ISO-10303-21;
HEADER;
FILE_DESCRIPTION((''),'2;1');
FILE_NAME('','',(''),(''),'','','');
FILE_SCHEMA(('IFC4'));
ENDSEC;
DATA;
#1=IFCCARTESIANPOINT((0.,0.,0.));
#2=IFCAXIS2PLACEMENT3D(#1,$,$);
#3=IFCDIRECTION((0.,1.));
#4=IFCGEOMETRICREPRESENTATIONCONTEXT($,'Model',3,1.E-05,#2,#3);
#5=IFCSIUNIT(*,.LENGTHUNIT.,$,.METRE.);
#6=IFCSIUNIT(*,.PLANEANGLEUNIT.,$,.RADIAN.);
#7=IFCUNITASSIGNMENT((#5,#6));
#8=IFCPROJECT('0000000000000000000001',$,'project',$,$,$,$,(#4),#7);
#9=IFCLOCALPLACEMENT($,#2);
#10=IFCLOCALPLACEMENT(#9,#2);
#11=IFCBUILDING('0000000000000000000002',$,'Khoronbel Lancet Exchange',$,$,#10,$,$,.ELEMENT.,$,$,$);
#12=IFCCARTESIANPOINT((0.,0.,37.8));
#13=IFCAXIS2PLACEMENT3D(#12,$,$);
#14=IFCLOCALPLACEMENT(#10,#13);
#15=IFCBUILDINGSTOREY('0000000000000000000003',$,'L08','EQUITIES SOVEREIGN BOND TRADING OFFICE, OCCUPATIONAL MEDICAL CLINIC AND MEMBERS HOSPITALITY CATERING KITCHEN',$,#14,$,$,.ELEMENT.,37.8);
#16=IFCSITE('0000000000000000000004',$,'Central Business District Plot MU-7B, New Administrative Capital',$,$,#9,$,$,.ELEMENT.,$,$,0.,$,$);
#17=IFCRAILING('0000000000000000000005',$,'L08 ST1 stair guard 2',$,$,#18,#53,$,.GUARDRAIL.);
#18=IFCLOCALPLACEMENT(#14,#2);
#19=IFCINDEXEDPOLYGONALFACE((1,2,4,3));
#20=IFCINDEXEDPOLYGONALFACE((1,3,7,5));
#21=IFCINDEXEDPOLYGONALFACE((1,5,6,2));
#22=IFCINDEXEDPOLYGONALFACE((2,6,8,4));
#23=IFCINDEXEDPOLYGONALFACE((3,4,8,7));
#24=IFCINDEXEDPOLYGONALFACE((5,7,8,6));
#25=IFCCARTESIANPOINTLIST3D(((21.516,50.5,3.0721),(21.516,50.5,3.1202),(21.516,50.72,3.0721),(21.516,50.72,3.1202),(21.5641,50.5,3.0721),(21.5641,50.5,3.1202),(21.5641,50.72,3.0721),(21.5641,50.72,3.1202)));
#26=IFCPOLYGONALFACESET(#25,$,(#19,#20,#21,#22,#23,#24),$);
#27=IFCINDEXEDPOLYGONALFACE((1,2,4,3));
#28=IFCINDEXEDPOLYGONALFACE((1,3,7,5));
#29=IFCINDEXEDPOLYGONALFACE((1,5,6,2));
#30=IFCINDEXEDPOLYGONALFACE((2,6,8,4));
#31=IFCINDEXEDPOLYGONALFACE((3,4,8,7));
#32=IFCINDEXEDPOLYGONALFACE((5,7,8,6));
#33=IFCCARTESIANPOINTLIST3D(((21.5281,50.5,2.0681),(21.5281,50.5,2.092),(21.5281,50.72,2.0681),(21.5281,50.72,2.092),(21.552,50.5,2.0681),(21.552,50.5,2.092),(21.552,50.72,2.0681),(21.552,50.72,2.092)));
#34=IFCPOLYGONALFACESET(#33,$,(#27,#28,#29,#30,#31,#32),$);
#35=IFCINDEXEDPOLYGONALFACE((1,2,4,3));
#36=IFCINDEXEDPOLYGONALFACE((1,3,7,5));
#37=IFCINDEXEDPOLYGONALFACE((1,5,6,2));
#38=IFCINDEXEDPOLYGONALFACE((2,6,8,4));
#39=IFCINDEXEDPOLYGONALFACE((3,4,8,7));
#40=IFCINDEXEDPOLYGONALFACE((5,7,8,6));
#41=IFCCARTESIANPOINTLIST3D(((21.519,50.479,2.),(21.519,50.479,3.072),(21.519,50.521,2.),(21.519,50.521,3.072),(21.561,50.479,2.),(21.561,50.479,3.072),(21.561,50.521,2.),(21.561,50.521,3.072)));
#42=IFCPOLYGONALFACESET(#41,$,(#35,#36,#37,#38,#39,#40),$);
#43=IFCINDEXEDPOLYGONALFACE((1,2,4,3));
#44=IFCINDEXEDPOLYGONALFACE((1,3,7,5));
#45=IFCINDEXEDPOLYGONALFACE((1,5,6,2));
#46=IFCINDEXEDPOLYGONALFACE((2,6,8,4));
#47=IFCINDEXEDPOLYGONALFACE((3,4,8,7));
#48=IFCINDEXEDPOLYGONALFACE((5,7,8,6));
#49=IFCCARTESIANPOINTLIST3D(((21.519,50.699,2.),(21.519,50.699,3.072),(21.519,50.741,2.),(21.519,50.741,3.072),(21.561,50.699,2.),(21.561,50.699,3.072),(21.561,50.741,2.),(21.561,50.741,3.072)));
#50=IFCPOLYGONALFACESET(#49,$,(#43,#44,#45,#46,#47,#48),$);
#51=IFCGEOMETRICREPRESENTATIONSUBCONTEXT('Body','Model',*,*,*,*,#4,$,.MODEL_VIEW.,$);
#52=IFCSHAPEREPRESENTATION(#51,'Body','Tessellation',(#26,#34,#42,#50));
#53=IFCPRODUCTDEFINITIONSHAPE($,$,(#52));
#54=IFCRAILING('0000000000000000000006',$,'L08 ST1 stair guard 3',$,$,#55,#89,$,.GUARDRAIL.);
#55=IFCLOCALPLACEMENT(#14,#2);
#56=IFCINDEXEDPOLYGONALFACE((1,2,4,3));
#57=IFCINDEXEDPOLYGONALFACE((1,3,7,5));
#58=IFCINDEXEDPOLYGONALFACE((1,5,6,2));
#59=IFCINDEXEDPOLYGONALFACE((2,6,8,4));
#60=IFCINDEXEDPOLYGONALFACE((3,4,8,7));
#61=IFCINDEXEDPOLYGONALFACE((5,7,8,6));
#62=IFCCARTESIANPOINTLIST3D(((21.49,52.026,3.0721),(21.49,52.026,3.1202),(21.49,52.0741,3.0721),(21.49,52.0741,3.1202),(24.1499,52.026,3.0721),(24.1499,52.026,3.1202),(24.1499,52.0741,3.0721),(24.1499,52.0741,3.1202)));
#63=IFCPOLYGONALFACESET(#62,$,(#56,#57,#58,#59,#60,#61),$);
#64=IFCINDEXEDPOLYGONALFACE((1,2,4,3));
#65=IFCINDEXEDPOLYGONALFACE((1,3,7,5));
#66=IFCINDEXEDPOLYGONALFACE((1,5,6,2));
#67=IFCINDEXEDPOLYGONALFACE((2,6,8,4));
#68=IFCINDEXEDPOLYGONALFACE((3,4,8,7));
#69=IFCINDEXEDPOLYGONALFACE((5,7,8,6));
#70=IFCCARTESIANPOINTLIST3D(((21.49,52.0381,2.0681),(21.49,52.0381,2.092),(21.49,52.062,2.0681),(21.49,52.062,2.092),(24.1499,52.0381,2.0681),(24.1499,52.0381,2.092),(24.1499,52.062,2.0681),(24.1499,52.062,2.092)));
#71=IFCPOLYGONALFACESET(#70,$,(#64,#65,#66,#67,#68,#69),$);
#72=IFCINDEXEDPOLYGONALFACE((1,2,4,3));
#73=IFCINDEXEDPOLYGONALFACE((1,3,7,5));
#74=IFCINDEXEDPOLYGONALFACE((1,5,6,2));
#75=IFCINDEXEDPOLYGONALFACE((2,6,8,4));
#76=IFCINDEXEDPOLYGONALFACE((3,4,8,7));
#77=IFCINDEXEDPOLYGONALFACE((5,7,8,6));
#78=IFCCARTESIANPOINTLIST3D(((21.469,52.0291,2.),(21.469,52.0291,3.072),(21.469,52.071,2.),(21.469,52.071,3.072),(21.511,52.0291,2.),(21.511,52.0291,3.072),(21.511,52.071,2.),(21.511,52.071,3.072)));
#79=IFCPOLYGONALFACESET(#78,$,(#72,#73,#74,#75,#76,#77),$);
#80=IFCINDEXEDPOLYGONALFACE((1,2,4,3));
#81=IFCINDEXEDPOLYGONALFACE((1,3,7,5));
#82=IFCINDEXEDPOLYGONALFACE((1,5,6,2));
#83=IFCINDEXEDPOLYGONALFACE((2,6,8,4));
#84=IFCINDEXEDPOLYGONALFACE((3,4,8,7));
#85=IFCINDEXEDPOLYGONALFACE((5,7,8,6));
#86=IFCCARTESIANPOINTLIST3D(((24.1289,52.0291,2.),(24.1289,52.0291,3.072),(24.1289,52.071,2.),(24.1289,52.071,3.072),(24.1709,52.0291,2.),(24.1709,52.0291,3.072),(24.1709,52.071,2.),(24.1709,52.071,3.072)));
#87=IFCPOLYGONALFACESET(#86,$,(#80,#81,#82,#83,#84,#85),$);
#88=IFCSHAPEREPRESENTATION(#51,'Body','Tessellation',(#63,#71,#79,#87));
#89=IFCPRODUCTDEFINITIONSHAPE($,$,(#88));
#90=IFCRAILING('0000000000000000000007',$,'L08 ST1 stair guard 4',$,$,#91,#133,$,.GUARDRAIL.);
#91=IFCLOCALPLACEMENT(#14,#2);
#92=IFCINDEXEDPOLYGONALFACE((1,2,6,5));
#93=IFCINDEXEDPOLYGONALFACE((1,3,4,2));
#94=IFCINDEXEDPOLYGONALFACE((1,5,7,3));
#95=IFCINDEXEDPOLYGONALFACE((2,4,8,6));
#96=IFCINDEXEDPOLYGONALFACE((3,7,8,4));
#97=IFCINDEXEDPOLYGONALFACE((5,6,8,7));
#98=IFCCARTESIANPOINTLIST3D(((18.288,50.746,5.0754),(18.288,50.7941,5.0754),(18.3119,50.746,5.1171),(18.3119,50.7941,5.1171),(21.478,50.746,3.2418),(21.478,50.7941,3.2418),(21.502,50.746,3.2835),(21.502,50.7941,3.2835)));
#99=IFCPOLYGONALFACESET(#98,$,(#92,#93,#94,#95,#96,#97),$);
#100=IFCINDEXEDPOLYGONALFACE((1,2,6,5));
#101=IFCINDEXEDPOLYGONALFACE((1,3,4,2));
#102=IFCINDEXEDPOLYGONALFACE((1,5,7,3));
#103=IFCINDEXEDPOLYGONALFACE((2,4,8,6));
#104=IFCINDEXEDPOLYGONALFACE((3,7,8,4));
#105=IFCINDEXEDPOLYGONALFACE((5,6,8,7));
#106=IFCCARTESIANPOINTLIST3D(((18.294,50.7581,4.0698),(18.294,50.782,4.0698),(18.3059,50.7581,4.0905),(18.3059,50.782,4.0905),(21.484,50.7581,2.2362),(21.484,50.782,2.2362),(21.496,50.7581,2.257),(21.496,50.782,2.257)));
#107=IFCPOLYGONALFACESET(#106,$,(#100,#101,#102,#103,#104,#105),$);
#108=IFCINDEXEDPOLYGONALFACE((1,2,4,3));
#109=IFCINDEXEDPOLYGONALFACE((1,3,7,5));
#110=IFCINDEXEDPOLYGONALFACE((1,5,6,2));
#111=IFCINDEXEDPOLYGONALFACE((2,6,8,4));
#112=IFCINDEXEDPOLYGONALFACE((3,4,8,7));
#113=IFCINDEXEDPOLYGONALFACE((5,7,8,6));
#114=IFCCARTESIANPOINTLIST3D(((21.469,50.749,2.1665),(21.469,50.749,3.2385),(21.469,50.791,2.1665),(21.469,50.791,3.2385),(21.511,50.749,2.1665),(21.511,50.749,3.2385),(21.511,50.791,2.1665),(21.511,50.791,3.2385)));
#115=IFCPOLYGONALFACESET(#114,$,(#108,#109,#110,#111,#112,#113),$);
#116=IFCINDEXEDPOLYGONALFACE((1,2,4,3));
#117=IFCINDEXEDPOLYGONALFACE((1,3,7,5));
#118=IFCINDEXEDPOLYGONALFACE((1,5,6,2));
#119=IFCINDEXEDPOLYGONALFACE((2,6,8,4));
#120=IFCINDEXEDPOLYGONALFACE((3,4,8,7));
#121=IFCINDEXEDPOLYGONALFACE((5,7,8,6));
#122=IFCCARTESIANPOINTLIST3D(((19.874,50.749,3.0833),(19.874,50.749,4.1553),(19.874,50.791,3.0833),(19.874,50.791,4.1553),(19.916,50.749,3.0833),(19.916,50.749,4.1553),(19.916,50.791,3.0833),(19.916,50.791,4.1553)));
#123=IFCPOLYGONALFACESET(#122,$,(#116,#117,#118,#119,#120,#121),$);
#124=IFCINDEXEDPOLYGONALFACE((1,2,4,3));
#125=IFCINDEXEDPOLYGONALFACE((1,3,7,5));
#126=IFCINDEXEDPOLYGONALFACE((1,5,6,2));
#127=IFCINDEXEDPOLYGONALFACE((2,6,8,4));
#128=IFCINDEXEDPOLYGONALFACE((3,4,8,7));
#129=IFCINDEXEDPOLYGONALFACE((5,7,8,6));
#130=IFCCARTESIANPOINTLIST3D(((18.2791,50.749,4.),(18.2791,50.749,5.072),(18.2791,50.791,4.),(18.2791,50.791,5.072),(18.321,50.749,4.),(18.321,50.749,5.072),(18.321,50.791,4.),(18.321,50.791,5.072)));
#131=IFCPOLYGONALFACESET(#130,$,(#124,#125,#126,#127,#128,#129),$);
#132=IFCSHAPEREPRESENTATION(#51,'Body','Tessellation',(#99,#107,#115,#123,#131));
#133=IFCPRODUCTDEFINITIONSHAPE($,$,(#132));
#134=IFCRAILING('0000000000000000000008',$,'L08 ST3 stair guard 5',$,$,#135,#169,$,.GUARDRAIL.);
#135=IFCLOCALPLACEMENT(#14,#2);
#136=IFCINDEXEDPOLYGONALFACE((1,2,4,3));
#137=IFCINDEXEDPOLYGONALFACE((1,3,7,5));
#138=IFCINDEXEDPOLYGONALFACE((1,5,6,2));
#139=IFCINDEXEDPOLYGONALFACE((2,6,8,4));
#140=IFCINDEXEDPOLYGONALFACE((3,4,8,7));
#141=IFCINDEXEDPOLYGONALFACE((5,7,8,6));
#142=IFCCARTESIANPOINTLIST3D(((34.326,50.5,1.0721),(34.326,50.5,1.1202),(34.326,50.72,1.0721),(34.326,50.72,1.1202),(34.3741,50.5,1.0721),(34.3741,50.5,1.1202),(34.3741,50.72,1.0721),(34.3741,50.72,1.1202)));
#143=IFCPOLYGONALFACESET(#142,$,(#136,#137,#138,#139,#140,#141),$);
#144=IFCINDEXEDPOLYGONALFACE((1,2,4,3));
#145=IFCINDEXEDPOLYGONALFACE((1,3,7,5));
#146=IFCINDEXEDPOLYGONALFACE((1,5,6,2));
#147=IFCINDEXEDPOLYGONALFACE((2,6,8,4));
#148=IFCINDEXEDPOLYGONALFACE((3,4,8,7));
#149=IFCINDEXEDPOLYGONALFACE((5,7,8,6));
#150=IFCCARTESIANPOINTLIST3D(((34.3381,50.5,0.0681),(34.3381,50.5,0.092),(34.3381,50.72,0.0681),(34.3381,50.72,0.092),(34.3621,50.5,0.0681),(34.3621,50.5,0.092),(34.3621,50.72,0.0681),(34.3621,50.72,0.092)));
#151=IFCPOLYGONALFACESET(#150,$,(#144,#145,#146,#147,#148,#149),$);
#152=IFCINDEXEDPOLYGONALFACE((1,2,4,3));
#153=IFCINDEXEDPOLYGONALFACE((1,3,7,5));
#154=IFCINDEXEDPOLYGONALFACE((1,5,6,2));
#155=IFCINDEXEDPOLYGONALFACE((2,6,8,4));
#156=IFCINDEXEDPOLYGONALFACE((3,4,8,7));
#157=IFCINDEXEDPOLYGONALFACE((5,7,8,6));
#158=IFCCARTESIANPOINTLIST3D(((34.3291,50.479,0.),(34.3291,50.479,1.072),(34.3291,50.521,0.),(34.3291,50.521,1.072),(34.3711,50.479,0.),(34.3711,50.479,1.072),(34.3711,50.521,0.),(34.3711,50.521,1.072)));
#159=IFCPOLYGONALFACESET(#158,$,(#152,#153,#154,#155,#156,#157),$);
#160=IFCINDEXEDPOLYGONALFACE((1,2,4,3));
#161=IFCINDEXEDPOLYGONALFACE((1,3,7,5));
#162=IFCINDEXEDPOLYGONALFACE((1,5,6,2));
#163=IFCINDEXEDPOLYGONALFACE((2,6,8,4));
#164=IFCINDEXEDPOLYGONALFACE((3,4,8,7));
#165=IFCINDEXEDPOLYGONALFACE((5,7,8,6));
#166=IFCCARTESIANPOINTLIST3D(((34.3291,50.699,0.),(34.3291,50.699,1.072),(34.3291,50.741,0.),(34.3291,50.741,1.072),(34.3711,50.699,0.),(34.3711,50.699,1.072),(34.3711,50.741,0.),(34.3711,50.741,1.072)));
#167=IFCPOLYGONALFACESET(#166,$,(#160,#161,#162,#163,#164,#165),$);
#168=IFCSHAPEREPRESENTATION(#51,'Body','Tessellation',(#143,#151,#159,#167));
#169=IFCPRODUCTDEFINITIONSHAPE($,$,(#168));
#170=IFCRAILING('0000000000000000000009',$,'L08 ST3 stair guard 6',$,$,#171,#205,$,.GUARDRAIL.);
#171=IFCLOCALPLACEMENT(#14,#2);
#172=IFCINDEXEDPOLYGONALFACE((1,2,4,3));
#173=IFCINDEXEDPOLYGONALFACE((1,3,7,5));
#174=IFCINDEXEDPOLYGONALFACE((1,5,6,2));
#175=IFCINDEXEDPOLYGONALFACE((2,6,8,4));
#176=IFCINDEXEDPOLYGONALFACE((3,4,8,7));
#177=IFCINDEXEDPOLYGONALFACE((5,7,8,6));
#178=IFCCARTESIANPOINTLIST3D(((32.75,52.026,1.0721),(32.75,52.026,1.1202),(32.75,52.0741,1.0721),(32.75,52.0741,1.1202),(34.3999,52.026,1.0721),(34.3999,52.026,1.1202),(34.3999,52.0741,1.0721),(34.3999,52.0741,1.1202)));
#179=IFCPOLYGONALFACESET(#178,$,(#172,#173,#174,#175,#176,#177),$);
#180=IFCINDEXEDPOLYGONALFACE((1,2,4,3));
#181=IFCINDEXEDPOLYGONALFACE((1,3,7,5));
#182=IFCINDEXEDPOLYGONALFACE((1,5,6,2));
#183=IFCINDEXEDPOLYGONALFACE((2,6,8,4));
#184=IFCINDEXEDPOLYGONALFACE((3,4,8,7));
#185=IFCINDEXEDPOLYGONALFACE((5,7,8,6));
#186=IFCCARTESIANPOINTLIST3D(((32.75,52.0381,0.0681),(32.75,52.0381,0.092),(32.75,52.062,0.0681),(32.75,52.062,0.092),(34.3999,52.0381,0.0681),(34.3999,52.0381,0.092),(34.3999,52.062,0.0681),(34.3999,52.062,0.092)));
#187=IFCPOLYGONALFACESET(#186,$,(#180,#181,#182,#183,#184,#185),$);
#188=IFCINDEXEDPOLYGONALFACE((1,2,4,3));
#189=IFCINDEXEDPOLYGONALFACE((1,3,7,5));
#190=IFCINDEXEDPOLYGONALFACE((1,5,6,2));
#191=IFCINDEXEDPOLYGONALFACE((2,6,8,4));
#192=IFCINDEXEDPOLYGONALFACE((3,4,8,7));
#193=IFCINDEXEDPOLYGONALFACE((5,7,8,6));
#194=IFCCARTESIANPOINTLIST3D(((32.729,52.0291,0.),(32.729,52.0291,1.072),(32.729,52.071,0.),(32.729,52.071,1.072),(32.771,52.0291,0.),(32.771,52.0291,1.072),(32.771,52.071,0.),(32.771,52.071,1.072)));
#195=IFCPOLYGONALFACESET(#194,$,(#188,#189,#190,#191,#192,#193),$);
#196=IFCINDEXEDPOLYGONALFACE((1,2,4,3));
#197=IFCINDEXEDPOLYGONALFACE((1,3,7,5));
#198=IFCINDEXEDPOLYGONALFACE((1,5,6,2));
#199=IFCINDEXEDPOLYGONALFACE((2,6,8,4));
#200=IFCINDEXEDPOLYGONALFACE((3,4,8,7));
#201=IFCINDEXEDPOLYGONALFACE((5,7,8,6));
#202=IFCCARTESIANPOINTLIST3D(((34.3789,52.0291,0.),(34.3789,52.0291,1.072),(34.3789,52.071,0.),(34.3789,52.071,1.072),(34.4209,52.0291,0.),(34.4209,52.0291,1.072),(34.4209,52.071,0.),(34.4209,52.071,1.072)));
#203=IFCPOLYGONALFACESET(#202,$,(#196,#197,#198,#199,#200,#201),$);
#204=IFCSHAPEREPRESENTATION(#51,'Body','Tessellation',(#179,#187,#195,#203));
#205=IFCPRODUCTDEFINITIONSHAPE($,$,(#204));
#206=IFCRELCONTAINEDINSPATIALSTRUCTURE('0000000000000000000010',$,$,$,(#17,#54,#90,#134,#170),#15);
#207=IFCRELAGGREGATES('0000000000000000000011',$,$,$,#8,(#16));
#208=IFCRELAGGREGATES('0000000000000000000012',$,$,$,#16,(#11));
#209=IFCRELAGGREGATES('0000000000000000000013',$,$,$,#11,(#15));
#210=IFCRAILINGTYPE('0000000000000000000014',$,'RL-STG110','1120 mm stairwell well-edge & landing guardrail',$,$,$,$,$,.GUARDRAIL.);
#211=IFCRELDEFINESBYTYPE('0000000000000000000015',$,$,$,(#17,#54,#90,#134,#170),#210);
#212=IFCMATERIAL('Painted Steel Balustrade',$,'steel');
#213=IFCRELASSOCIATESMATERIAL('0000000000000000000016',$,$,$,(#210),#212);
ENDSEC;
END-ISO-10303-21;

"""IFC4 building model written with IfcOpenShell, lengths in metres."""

from ifc_helpers import new_model, si_unit, direction, frame, origin, origin_2d, place, context, subcontext, project, spatial, rectangle, extrude, material, type_object, element, save


model = new_model("IFC4")

# Units and contexts
model_context = context("Model", 3, precision=1e-05, world=origin(), true_north=direction((0.0, 1.0)))
body_context = subcontext(model_context, "Body", "Model", "MODEL_VIEW")
ifc_project = project(units=[si_unit("LENGTHUNIT", "METRE"), si_unit("PLANEANGLEUNIT", "RADIAN")], contexts=[model_context])

# Site, building, storey
site_placement = place(None, origin())
site = spatial("IfcSite", under=ifc_project, at=site_placement, Name="Central Business District Plot MU-7B, New Administrative Capital", CompositionType="ELEMENT", RefElevation=0.0)
building_placement = place(site_placement, origin())
building = spatial("IfcBuilding", under=site, at=building_placement, Name="Khoronbel Lancet Exchange", CompositionType="ELEMENT")
storey_placement = place(building_placement, frame((0.0, 0.0, 37.8)))
storey = spatial("IfcBuildingStorey", under=building, at=storey_placement, Name="L08", Description="EQUITIES SOVEREIGN BOND TRADING OFFICE, OCCUPATIONAL MEDICAL CLINIC AND MEMBERS HOSPITALITY CATERING KITCHEN", CompositionType="ELEMENT", Elevation=37.8)

# Railings
ifc_material_1 = material(Name="Painted Steel Balustrade", Category="steel")
railing_type_1 = type_object("IfcRailingType", Name="RL-STG110", Description="1120 mm stairwell well-edge & landing guardrail", PredefinedType="GUARDRAIL", material=ifc_material_1)
railing_1_placement = place(storey_placement, frame((21.54, 50.5, 2.0)))
element("IfcRailing", 1, at=railing_1_placement, inside=storey, type_object=railing_type_1, Name="L08 ST1 stair guard 2", PredefinedType="GUARDRAIL", context=body_context, shape_type="SweptSolid", body=[
    extrude(rectangle(XDim=0.0481, YDim=0.0481, at=origin_2d()), frame((0.0, 0.0, 1.0962), z_axis=(0.0, 1.0, 0.0), x_axis=(-1.0, 0.0, 0.0)), (0.0, 0.0, 1.0), 0.22),
    extrude(rectangle(XDim=0.0239, YDim=0.0239, at=origin_2d()), frame((0.0, 0.0, 0.0801), z_axis=(0.0, 1.0, 0.0), x_axis=(-1.0, 0.0, 0.0)), (0.0, 0.0, 1.0), 0.22),
    extrude(rectangle(XDim=0.042, YDim=0.042, at=origin_2d()), origin(), (0.0, 0.0, 1.0), 1.072),
    extrude(rectangle(XDim=0.042, YDim=0.042, at=origin_2d()), frame((0.0, 0.22, 0.0)), (0.0, 0.0, 1.0), 1.072),
])
railing_2_placement = place(storey_placement, frame((21.49, 52.05, 2.0)))
element("IfcRailing", 2, at=railing_2_placement, inside=storey, type_object=railing_type_1, Name="L08 ST1 stair guard 3", PredefinedType="GUARDRAIL", context=body_context, shape_type="SweptSolid", body=[
    extrude(rectangle(XDim=0.0481, YDim=0.0481, at=origin_2d()), frame((0.0, 0.0, 1.0962), z_axis=(1.0, 0.0, 0.0), x_axis=(0.0, 1.0, 0.0)), (0.0, 0.0, 1.0), 2.6599),
    extrude(rectangle(XDim=0.0239, YDim=0.0239, at=origin_2d()), frame((0.0, 0.0, 0.0801), z_axis=(1.0, 0.0, 0.0), x_axis=(0.0, 1.0, 0.0)), (0.0, 0.0, 1.0), 2.6599),
    extrude(rectangle(XDim=0.042, YDim=0.042, at=origin_2d()), origin(), (0.0, 0.0, 1.0), 1.072),
    extrude(rectangle(XDim=0.042, YDim=0.042, at=origin_2d()), frame((2.6599, 0.0, 0.0)), (0.0, 0.0, 1.0), 1.072),
])
railing_3_placement = place(storey_placement, frame((21.49, 50.77, 2.1665)))
element("IfcRailing", 3, at=railing_3_placement, inside=storey, type_object=railing_type_1, Name="L08 ST1 stair guard 4", PredefinedType="GUARDRAIL", context=body_context, shape_type="SweptSolid", body=[
    extrude(rectangle(XDim=0.0481, YDim=0.0481, at=origin_2d()), frame((0.0, 0.0, 1.0962), z_axis=(-0.866991, 0.0, 0.498324), x_axis=(0.0, -1.0, 0.0)), (0.0, 0.0, 1.0), 3.6794),
    extrude(rectangle(XDim=0.0239, YDim=0.0239, at=origin_2d()), frame((0.0, 0.0, 0.0801), z_axis=(-0.866991, 0.0, 0.498324), x_axis=(0.0, -1.0, 0.0)), (0.0, 0.0, 1.0), 3.6794),
    extrude(rectangle(XDim=0.042, YDim=0.042, at=origin_2d()), origin(), (0.0, 0.0, 1.0), 1.072),
    extrude(rectangle(XDim=0.042, YDim=0.042, at=origin_2d()), frame((-1.595, 0.0, 0.9167)), (0.0, 0.0, 1.0), 1.072),
    extrude(rectangle(XDim=0.042, YDim=0.042, at=origin_2d()), frame((-3.1899, 0.0, 1.8335)), (0.0, 0.0, 1.0), 1.072),
])
railing_4_placement = place(storey_placement, frame((34.3501, 50.5, 0.0)))
element("IfcRailing", 4, at=railing_4_placement, inside=storey, type_object=railing_type_1, Name="L08 ST3 stair guard 5", PredefinedType="GUARDRAIL", context=body_context, shape_type="SweptSolid", body=[
    extrude(rectangle(XDim=0.0481, YDim=0.0481, at=origin_2d()), frame((0.0, 0.0, 1.0962), z_axis=(0.0, 1.0, 0.0), x_axis=(-1.0, 0.0, 0.0)), (0.0, 0.0, 1.0), 0.22),
    extrude(rectangle(XDim=0.0239, YDim=0.0239, at=origin_2d()), frame((0.0, 0.0, 0.0801), z_axis=(0.0, 1.0, 0.0), x_axis=(-1.0, 0.0, 0.0)), (0.0, 0.0, 1.0), 0.22),
    extrude(rectangle(XDim=0.042, YDim=0.042, at=origin_2d()), origin(), (0.0, 0.0, 1.0), 1.072),
    extrude(rectangle(XDim=0.042, YDim=0.042, at=origin_2d()), frame((0.0, 0.22, 0.0)), (0.0, 0.0, 1.0), 1.072),
])
railing_5_placement = place(storey_placement, frame((32.75, 52.05, 0.0)))
element("IfcRailing", 5, at=railing_5_placement, inside=storey, type_object=railing_type_1, Name="L08 ST3 stair guard 6", PredefinedType="GUARDRAIL", context=body_context, shape_type="SweptSolid", body=[
    extrude(rectangle(XDim=0.0481, YDim=0.0481, at=origin_2d()), frame((0.0, 0.0, 1.0962), z_axis=(1.0, 0.0, 0.0), x_axis=(0.0, 1.0, 0.0)), (0.0, 0.0, 1.0), 1.6499),
    extrude(rectangle(XDim=0.0239, YDim=0.0239, at=origin_2d()), frame((0.0, 0.0, 0.0801), z_axis=(1.0, 0.0, 0.0), x_axis=(0.0, 1.0, 0.0)), (0.0, 0.0, 1.0), 1.6499),
    extrude(rectangle(XDim=0.042, YDim=0.042, at=origin_2d()), origin(), (0.0, 0.0, 1.0), 1.072),
    extrude(rectangle(XDim=0.042, YDim=0.042, at=origin_2d()), frame((1.6499, 0.0, 0.0)), (0.0, 0.0, 1.0), 1.072),
])

save(model, "model.ifc")
